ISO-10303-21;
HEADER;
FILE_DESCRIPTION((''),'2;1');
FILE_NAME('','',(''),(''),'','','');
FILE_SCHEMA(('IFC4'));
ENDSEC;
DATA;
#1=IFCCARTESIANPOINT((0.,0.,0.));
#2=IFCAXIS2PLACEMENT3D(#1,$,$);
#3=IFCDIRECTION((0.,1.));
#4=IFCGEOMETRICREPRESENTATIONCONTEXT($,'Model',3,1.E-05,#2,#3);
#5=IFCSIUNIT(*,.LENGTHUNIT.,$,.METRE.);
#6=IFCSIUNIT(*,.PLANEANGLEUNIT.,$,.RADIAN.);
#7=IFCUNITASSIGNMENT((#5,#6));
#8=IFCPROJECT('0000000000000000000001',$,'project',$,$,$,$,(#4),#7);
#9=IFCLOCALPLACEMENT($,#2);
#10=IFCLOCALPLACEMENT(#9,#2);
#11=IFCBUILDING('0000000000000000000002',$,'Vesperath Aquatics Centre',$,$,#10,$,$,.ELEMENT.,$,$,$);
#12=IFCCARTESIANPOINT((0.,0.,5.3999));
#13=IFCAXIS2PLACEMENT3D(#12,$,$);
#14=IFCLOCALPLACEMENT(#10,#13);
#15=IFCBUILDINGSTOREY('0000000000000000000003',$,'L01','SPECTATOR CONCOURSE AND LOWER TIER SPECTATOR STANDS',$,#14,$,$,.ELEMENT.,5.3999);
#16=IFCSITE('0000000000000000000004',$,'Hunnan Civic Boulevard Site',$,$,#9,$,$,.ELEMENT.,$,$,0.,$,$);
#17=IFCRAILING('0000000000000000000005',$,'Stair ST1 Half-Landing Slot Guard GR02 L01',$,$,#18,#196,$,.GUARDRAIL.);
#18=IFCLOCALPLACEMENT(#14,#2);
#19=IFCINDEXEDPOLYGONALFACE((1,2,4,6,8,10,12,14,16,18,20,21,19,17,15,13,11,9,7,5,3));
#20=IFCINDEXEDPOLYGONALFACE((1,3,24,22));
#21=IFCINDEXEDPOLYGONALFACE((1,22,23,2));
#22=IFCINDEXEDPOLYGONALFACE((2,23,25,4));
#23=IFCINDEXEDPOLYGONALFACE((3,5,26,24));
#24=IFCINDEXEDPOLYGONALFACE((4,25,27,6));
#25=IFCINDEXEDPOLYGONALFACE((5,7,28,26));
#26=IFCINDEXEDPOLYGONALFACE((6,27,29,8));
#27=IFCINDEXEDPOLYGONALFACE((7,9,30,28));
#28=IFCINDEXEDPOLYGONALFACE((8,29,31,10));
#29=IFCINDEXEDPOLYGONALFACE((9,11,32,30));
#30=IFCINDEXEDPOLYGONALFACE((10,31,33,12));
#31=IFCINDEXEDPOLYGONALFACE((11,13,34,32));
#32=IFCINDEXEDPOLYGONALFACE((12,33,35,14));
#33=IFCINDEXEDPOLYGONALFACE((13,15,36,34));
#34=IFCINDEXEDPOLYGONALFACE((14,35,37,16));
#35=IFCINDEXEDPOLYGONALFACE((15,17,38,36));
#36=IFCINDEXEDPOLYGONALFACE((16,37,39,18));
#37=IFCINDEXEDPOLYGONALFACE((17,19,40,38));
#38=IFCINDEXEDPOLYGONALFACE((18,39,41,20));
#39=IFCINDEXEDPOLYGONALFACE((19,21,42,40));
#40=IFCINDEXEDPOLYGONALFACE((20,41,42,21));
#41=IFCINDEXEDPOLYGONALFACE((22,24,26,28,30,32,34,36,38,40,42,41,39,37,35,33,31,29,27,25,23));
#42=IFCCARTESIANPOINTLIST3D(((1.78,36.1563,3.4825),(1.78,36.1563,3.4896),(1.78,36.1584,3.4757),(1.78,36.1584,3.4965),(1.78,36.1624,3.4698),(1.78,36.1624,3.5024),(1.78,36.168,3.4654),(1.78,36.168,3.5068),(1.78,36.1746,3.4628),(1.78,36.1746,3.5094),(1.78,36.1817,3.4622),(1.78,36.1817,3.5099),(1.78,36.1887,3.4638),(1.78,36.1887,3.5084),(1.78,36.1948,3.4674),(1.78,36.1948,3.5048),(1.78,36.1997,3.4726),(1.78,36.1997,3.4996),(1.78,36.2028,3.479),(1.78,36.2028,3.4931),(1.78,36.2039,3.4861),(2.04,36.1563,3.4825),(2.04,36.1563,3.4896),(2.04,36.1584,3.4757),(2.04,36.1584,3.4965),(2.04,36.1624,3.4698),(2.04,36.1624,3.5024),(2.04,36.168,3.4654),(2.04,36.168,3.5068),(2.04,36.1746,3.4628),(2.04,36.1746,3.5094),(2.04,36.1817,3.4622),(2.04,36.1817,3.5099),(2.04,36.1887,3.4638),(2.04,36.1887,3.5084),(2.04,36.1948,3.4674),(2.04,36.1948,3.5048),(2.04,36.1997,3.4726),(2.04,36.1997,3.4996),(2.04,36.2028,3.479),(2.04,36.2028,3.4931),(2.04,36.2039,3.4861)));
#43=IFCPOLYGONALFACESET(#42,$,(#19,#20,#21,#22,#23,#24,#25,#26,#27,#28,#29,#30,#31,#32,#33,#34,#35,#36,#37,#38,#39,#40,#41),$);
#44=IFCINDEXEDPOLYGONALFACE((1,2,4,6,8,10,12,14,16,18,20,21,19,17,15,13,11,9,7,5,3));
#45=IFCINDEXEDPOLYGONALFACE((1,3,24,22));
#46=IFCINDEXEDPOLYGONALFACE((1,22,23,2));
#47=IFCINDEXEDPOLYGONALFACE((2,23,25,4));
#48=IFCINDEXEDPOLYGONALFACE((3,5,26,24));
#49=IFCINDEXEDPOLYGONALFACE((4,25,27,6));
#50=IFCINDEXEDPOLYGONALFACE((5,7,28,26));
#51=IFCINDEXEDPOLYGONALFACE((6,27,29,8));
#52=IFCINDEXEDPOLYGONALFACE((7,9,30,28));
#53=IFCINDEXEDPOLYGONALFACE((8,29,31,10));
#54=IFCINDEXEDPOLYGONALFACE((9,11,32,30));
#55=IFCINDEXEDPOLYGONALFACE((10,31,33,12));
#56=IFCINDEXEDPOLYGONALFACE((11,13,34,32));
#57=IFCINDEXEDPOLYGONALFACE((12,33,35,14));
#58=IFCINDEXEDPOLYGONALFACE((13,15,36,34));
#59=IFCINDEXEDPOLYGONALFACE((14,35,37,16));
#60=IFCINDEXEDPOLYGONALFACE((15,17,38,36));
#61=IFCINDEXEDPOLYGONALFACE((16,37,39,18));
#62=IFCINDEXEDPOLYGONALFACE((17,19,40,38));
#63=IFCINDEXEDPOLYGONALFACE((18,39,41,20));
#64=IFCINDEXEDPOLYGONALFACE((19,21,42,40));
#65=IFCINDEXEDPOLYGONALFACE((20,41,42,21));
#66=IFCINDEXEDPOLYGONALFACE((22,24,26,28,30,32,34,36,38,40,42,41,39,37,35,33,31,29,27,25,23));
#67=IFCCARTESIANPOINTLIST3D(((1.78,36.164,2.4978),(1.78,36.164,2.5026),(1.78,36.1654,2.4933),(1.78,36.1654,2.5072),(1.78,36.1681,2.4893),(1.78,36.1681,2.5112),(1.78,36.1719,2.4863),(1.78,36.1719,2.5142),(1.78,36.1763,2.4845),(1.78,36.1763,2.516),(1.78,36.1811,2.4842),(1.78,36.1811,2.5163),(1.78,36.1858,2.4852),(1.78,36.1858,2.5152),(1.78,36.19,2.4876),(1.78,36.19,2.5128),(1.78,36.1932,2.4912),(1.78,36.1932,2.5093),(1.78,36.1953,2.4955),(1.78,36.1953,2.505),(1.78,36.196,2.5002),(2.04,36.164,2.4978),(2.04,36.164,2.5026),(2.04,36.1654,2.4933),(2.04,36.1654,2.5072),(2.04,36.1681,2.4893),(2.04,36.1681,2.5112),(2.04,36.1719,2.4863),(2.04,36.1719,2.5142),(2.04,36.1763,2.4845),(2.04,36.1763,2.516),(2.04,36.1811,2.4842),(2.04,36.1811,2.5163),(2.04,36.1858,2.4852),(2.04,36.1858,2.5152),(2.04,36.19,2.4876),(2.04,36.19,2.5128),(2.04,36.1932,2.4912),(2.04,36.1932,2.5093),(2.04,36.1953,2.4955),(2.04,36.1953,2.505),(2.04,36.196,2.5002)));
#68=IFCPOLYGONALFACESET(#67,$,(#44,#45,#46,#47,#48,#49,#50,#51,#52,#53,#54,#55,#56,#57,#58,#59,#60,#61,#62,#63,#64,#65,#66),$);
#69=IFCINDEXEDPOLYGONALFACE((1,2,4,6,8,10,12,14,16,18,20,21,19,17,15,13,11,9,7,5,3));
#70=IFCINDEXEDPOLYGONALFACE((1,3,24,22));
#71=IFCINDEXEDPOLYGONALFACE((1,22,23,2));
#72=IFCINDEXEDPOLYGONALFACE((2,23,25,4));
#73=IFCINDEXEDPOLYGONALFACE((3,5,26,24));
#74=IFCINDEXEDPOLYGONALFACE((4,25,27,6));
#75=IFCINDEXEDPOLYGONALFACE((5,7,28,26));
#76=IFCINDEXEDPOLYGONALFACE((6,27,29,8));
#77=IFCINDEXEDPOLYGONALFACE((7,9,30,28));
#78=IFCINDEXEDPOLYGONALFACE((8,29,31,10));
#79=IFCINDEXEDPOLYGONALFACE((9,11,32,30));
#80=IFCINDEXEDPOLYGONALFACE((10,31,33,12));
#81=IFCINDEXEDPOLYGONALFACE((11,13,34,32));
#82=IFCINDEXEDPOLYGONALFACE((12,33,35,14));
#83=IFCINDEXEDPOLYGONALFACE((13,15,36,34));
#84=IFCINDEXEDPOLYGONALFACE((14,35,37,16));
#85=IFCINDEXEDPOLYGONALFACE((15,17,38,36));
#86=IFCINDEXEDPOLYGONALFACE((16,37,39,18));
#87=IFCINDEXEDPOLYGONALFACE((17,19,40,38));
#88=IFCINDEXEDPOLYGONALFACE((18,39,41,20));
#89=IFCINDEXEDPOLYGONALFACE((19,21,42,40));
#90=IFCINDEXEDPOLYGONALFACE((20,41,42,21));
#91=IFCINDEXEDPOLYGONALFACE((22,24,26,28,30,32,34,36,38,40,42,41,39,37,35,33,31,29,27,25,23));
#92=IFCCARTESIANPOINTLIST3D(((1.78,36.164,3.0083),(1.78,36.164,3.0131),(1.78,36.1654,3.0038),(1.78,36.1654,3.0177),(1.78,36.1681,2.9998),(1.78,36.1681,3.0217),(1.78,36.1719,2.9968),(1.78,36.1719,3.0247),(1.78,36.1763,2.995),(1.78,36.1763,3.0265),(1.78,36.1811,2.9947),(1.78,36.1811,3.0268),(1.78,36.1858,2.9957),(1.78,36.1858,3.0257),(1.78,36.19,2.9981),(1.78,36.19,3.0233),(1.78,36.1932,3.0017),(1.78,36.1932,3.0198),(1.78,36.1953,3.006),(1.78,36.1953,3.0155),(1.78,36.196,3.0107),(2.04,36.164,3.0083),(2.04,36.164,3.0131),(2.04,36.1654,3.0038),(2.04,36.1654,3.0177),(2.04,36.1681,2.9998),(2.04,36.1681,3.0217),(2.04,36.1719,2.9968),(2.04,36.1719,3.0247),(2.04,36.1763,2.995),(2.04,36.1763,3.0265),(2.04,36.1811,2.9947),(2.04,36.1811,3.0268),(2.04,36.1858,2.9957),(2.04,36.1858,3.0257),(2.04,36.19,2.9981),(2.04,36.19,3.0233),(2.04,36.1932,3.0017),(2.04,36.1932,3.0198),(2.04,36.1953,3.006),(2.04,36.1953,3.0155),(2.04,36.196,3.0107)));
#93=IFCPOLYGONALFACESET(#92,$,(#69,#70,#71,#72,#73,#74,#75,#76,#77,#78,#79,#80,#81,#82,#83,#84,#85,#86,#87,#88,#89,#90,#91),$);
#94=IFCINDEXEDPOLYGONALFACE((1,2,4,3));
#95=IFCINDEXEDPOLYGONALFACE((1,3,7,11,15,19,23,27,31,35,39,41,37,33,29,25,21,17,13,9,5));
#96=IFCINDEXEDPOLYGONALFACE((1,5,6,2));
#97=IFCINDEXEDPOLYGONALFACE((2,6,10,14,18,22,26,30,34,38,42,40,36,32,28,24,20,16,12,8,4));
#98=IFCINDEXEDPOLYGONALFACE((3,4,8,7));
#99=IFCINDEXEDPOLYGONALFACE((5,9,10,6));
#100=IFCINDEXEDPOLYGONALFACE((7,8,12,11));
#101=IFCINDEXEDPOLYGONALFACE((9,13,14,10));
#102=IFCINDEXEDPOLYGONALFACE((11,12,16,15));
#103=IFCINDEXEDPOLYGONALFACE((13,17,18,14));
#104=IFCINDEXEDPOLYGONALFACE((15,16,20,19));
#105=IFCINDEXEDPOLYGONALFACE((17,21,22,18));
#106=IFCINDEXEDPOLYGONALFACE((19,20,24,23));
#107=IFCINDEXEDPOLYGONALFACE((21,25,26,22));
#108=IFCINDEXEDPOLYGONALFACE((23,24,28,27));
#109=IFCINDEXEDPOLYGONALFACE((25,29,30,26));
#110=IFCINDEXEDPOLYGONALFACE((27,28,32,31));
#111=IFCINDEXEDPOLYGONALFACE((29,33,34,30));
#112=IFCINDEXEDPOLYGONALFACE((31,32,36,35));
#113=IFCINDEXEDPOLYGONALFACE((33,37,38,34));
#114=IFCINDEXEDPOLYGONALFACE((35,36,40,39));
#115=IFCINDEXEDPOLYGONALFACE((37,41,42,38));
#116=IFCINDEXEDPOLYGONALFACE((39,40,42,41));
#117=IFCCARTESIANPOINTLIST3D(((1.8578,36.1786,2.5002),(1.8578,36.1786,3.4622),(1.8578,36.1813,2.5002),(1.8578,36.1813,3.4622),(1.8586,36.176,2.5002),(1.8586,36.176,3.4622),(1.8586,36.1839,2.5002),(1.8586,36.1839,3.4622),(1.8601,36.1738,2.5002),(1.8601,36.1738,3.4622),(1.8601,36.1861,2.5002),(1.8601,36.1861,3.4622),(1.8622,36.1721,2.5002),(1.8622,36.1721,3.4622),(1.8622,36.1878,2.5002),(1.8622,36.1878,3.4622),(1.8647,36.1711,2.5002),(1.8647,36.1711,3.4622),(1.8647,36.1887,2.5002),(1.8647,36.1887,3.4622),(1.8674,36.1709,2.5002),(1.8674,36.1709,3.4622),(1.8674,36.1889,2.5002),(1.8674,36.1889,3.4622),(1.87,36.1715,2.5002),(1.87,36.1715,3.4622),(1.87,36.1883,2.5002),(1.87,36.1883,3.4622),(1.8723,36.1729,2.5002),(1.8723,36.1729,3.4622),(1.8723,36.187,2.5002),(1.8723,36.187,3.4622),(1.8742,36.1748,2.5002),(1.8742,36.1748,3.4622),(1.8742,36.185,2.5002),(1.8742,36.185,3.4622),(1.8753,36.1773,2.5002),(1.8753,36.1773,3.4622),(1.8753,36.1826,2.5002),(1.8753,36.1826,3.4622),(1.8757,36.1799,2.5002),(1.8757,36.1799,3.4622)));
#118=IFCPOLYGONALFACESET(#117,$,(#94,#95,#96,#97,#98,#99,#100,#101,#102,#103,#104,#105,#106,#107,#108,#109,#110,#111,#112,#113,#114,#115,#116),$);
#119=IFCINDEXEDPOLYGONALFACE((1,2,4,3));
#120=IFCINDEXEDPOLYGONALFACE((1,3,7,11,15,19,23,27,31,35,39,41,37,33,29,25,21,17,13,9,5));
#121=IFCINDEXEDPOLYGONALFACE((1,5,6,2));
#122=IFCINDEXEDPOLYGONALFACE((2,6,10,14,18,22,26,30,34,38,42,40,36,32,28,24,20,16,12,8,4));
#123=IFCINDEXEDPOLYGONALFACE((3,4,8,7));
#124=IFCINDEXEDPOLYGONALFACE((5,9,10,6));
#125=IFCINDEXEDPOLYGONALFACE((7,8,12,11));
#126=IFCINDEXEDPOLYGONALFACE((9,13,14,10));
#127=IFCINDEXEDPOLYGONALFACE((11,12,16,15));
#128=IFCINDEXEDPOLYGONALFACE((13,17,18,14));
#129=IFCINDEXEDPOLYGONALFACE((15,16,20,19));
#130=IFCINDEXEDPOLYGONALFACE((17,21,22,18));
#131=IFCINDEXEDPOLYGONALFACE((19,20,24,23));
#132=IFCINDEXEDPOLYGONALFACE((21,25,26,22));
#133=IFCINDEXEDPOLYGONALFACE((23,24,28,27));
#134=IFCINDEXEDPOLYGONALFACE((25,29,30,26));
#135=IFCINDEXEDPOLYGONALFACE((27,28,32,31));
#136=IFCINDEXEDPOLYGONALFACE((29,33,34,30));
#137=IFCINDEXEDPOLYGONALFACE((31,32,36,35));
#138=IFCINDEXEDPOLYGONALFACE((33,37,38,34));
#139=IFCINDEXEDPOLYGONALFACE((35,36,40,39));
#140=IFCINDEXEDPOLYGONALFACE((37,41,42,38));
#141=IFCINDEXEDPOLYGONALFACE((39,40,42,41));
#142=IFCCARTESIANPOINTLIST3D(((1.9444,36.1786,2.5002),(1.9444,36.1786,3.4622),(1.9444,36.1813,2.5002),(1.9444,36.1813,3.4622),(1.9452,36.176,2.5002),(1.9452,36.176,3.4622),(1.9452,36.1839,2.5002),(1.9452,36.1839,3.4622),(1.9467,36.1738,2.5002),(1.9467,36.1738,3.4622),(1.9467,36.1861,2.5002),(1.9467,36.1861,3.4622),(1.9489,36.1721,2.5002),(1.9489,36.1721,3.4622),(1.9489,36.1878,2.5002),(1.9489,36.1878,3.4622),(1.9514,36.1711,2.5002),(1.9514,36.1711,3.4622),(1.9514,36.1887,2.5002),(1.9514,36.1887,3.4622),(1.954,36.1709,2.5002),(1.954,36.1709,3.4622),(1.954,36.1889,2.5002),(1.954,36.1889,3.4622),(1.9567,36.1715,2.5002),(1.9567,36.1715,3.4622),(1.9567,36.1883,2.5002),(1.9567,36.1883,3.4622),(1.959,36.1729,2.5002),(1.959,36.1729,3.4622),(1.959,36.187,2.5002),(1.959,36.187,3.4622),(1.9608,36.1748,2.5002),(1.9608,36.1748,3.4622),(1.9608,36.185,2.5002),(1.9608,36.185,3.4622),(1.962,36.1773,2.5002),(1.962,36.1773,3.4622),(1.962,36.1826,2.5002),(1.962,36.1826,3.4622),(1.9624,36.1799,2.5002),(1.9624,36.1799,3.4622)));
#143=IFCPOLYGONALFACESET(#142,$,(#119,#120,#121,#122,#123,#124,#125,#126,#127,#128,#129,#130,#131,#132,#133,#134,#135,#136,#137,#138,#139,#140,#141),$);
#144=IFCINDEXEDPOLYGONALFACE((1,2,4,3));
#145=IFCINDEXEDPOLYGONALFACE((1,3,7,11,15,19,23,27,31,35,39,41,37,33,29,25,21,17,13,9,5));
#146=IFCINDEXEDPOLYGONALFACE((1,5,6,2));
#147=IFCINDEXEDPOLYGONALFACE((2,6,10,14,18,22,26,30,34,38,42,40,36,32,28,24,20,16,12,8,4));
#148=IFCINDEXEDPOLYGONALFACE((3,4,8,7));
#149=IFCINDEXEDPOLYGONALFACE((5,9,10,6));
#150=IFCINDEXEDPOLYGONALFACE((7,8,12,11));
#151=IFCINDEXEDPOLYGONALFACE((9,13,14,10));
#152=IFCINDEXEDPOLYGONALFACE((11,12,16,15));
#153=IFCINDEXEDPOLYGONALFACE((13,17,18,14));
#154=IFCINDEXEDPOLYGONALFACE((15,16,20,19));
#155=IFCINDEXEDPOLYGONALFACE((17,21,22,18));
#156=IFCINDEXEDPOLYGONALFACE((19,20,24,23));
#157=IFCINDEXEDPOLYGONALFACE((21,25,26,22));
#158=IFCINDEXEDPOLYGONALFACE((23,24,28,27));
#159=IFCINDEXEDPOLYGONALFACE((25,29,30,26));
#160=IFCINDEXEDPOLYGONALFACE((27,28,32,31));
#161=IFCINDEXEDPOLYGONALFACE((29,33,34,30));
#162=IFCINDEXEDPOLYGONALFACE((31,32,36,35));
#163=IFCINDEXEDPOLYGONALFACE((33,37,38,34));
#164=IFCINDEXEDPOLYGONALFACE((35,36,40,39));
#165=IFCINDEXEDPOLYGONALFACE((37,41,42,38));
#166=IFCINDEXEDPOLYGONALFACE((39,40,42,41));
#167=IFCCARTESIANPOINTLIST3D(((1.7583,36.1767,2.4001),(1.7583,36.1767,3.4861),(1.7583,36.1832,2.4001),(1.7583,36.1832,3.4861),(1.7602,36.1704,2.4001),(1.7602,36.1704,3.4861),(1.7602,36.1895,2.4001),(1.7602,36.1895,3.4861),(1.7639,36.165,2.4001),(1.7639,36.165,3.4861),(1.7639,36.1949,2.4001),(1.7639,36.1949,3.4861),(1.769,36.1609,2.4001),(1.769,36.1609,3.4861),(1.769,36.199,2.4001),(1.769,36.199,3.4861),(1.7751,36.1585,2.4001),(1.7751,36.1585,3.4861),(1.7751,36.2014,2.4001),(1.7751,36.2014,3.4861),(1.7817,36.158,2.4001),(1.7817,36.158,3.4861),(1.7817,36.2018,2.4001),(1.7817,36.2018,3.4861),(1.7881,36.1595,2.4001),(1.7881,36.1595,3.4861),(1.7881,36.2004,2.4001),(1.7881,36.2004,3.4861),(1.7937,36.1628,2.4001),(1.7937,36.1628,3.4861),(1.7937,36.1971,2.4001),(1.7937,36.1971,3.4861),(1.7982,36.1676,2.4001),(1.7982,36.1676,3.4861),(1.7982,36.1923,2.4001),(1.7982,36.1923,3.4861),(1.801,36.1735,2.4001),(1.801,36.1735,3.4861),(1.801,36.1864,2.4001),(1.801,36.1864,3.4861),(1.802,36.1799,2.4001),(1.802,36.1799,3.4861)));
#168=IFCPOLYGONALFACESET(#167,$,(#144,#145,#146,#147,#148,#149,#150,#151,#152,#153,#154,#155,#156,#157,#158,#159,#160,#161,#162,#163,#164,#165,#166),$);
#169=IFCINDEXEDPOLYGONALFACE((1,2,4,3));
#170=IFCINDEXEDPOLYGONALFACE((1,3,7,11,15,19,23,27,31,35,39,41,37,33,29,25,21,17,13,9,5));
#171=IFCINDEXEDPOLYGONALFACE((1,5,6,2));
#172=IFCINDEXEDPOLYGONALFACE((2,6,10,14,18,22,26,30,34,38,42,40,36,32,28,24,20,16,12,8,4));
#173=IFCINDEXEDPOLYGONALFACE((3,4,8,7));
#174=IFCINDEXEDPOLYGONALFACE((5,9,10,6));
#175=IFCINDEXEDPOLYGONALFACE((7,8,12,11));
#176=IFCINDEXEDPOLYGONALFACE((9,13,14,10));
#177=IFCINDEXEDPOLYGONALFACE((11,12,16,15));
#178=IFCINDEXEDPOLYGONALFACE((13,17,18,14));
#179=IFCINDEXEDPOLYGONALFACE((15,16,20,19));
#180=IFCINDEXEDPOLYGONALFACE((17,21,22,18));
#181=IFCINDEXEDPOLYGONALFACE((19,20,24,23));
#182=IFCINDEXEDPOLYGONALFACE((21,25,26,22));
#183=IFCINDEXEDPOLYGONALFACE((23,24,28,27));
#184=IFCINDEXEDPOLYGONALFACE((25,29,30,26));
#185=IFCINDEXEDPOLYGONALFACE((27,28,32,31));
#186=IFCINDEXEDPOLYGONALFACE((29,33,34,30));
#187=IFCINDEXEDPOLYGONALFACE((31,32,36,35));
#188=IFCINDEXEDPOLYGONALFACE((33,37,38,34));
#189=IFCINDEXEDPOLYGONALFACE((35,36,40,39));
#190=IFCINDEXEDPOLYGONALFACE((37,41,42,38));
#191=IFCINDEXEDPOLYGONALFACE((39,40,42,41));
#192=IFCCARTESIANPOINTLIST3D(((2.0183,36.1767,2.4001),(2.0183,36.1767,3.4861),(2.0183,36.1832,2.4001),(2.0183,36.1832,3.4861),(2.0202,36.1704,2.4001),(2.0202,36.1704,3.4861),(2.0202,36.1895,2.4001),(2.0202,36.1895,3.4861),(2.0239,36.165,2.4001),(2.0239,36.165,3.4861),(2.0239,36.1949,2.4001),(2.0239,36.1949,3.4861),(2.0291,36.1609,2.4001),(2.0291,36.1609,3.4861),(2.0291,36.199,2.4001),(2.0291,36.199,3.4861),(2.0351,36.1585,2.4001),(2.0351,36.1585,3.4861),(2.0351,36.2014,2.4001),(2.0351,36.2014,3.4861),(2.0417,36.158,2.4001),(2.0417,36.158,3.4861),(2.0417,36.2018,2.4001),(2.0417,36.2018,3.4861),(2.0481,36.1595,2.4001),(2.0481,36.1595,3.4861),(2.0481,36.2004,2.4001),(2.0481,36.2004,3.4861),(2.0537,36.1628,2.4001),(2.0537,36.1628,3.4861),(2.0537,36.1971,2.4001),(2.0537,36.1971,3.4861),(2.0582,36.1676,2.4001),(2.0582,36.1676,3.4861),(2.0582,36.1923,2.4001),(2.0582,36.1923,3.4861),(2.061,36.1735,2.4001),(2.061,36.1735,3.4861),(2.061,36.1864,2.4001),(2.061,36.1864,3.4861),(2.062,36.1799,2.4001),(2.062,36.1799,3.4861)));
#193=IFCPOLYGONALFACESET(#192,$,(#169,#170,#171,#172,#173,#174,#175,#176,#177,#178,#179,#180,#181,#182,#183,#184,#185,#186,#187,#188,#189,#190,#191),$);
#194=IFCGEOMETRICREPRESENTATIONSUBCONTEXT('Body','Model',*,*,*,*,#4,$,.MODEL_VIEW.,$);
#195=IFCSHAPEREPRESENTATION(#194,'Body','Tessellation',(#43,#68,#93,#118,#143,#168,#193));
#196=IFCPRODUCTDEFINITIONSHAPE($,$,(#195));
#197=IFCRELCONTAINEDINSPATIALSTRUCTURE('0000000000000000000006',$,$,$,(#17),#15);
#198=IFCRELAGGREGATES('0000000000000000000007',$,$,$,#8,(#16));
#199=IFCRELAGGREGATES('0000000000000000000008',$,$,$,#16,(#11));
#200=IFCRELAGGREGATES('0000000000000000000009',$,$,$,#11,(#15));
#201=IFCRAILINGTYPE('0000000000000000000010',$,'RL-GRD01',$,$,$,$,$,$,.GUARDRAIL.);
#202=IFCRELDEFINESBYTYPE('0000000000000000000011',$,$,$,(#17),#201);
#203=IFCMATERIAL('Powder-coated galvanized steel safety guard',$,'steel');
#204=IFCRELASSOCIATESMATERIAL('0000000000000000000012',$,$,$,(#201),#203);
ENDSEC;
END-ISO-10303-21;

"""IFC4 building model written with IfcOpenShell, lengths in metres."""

from ifc_helpers import new_model, si_unit, direction, frame, origin, origin_2d, place, context, subcontext, project, spatial, circle, extrude, material, type_object, element, save


model = new_model("IFC4")

# Units and contexts
model_context = context("Model", 3, precision=1e-05, world=origin(), true_north=direction((0.0, 1.0)))
body_context = subcontext(model_context, "Body", "Model", "MODEL_VIEW")
ifc_project = project(units=[si_unit("LENGTHUNIT", "METRE"), si_unit("PLANEANGLEUNIT", "RADIAN")], contexts=[model_context])

# Site, building, storey
site_placement = place(None, origin())
site = spatial("IfcSite", under=ifc_project, at=site_placement, Name="Hunnan Civic Boulevard Site", CompositionType="ELEMENT", RefElevation=0.0)
building_placement = place(site_placement, origin())
building = spatial("IfcBuilding", under=site, at=building_placement, Name="Vesperath Aquatics Centre", CompositionType="ELEMENT")
storey_placement = place(building_placement, frame((0.0, 0.0, 5.3999)))
storey = spatial("IfcBuildingStorey", under=building, at=storey_placement, Name="L01", Description="SPECTATOR CONCOURSE AND LOWER TIER SPECTATOR STANDS", CompositionType="ELEMENT", Elevation=5.3999)

# Railing
ifc_material_1 = material(Name="Powder-coated galvanized steel safety guard", Category="steel")
railing_type_1 = type_object("IfcRailingType", Name="RL-GRD01", PredefinedType="GUARDRAIL", material=ifc_material_1)
railing_1_placement = place(storey_placement, frame((1.78, 36.1799, 2.4001)))
element("IfcRailing", 1, at=railing_1_placement, inside=storey, type_object=railing_type_1, Name="Stair ST1 Half-Landing Slot Guard GR02 L01", PredefinedType="GUARDRAIL", context=body_context, shape_type="SweptSolid", body=[
    extrude(circle(Radius=0.0239, at=origin_2d()), frame((0.0, 0.0, 1.0859), z_axis=(1.0, 0.0, 0.0), x_axis=(0.0, 1.0, 0.0)), (0.0, 0.0, 1.0), 0.26),
    extrude(circle(Radius=0.0161, at=origin_2d()), frame((0.0, 0.0, 0.1001), z_axis=(1.0, 0.0, 0.0), x_axis=(0.0, 1.0, 0.0)), (0.0, 0.0, 1.0), 0.26),
    extrude(circle(Radius=0.0161, at=origin_2d()), frame((0.0, 0.0, 0.6106), z_axis=(1.0, 0.0, 0.0), x_axis=(0.0, 1.0, 0.0)), (0.0, 0.0, 1.0), 0.26),
    extrude(circle(Radius=0.009, at=origin_2d()), frame((0.0867, 0.0, 0.1001)), (0.0, 0.0, 1.0), 0.9619),
    extrude(circle(Radius=0.009, at=origin_2d()), frame((0.1733, 0.0, 0.1001)), (0.0, 0.0, 1.0), 0.9619),
    extrude(circle(Radius=0.022, at=origin_2d()), origin(), (0.0, 0.0, 1.0), 1.0859),
    extrude(circle(Radius=0.022, at=origin_2d()), frame((0.26, 0.0, 0.0)), (0.0, 0.0, 1.0), 1.0859),
])

save(model, "model.ifc")
